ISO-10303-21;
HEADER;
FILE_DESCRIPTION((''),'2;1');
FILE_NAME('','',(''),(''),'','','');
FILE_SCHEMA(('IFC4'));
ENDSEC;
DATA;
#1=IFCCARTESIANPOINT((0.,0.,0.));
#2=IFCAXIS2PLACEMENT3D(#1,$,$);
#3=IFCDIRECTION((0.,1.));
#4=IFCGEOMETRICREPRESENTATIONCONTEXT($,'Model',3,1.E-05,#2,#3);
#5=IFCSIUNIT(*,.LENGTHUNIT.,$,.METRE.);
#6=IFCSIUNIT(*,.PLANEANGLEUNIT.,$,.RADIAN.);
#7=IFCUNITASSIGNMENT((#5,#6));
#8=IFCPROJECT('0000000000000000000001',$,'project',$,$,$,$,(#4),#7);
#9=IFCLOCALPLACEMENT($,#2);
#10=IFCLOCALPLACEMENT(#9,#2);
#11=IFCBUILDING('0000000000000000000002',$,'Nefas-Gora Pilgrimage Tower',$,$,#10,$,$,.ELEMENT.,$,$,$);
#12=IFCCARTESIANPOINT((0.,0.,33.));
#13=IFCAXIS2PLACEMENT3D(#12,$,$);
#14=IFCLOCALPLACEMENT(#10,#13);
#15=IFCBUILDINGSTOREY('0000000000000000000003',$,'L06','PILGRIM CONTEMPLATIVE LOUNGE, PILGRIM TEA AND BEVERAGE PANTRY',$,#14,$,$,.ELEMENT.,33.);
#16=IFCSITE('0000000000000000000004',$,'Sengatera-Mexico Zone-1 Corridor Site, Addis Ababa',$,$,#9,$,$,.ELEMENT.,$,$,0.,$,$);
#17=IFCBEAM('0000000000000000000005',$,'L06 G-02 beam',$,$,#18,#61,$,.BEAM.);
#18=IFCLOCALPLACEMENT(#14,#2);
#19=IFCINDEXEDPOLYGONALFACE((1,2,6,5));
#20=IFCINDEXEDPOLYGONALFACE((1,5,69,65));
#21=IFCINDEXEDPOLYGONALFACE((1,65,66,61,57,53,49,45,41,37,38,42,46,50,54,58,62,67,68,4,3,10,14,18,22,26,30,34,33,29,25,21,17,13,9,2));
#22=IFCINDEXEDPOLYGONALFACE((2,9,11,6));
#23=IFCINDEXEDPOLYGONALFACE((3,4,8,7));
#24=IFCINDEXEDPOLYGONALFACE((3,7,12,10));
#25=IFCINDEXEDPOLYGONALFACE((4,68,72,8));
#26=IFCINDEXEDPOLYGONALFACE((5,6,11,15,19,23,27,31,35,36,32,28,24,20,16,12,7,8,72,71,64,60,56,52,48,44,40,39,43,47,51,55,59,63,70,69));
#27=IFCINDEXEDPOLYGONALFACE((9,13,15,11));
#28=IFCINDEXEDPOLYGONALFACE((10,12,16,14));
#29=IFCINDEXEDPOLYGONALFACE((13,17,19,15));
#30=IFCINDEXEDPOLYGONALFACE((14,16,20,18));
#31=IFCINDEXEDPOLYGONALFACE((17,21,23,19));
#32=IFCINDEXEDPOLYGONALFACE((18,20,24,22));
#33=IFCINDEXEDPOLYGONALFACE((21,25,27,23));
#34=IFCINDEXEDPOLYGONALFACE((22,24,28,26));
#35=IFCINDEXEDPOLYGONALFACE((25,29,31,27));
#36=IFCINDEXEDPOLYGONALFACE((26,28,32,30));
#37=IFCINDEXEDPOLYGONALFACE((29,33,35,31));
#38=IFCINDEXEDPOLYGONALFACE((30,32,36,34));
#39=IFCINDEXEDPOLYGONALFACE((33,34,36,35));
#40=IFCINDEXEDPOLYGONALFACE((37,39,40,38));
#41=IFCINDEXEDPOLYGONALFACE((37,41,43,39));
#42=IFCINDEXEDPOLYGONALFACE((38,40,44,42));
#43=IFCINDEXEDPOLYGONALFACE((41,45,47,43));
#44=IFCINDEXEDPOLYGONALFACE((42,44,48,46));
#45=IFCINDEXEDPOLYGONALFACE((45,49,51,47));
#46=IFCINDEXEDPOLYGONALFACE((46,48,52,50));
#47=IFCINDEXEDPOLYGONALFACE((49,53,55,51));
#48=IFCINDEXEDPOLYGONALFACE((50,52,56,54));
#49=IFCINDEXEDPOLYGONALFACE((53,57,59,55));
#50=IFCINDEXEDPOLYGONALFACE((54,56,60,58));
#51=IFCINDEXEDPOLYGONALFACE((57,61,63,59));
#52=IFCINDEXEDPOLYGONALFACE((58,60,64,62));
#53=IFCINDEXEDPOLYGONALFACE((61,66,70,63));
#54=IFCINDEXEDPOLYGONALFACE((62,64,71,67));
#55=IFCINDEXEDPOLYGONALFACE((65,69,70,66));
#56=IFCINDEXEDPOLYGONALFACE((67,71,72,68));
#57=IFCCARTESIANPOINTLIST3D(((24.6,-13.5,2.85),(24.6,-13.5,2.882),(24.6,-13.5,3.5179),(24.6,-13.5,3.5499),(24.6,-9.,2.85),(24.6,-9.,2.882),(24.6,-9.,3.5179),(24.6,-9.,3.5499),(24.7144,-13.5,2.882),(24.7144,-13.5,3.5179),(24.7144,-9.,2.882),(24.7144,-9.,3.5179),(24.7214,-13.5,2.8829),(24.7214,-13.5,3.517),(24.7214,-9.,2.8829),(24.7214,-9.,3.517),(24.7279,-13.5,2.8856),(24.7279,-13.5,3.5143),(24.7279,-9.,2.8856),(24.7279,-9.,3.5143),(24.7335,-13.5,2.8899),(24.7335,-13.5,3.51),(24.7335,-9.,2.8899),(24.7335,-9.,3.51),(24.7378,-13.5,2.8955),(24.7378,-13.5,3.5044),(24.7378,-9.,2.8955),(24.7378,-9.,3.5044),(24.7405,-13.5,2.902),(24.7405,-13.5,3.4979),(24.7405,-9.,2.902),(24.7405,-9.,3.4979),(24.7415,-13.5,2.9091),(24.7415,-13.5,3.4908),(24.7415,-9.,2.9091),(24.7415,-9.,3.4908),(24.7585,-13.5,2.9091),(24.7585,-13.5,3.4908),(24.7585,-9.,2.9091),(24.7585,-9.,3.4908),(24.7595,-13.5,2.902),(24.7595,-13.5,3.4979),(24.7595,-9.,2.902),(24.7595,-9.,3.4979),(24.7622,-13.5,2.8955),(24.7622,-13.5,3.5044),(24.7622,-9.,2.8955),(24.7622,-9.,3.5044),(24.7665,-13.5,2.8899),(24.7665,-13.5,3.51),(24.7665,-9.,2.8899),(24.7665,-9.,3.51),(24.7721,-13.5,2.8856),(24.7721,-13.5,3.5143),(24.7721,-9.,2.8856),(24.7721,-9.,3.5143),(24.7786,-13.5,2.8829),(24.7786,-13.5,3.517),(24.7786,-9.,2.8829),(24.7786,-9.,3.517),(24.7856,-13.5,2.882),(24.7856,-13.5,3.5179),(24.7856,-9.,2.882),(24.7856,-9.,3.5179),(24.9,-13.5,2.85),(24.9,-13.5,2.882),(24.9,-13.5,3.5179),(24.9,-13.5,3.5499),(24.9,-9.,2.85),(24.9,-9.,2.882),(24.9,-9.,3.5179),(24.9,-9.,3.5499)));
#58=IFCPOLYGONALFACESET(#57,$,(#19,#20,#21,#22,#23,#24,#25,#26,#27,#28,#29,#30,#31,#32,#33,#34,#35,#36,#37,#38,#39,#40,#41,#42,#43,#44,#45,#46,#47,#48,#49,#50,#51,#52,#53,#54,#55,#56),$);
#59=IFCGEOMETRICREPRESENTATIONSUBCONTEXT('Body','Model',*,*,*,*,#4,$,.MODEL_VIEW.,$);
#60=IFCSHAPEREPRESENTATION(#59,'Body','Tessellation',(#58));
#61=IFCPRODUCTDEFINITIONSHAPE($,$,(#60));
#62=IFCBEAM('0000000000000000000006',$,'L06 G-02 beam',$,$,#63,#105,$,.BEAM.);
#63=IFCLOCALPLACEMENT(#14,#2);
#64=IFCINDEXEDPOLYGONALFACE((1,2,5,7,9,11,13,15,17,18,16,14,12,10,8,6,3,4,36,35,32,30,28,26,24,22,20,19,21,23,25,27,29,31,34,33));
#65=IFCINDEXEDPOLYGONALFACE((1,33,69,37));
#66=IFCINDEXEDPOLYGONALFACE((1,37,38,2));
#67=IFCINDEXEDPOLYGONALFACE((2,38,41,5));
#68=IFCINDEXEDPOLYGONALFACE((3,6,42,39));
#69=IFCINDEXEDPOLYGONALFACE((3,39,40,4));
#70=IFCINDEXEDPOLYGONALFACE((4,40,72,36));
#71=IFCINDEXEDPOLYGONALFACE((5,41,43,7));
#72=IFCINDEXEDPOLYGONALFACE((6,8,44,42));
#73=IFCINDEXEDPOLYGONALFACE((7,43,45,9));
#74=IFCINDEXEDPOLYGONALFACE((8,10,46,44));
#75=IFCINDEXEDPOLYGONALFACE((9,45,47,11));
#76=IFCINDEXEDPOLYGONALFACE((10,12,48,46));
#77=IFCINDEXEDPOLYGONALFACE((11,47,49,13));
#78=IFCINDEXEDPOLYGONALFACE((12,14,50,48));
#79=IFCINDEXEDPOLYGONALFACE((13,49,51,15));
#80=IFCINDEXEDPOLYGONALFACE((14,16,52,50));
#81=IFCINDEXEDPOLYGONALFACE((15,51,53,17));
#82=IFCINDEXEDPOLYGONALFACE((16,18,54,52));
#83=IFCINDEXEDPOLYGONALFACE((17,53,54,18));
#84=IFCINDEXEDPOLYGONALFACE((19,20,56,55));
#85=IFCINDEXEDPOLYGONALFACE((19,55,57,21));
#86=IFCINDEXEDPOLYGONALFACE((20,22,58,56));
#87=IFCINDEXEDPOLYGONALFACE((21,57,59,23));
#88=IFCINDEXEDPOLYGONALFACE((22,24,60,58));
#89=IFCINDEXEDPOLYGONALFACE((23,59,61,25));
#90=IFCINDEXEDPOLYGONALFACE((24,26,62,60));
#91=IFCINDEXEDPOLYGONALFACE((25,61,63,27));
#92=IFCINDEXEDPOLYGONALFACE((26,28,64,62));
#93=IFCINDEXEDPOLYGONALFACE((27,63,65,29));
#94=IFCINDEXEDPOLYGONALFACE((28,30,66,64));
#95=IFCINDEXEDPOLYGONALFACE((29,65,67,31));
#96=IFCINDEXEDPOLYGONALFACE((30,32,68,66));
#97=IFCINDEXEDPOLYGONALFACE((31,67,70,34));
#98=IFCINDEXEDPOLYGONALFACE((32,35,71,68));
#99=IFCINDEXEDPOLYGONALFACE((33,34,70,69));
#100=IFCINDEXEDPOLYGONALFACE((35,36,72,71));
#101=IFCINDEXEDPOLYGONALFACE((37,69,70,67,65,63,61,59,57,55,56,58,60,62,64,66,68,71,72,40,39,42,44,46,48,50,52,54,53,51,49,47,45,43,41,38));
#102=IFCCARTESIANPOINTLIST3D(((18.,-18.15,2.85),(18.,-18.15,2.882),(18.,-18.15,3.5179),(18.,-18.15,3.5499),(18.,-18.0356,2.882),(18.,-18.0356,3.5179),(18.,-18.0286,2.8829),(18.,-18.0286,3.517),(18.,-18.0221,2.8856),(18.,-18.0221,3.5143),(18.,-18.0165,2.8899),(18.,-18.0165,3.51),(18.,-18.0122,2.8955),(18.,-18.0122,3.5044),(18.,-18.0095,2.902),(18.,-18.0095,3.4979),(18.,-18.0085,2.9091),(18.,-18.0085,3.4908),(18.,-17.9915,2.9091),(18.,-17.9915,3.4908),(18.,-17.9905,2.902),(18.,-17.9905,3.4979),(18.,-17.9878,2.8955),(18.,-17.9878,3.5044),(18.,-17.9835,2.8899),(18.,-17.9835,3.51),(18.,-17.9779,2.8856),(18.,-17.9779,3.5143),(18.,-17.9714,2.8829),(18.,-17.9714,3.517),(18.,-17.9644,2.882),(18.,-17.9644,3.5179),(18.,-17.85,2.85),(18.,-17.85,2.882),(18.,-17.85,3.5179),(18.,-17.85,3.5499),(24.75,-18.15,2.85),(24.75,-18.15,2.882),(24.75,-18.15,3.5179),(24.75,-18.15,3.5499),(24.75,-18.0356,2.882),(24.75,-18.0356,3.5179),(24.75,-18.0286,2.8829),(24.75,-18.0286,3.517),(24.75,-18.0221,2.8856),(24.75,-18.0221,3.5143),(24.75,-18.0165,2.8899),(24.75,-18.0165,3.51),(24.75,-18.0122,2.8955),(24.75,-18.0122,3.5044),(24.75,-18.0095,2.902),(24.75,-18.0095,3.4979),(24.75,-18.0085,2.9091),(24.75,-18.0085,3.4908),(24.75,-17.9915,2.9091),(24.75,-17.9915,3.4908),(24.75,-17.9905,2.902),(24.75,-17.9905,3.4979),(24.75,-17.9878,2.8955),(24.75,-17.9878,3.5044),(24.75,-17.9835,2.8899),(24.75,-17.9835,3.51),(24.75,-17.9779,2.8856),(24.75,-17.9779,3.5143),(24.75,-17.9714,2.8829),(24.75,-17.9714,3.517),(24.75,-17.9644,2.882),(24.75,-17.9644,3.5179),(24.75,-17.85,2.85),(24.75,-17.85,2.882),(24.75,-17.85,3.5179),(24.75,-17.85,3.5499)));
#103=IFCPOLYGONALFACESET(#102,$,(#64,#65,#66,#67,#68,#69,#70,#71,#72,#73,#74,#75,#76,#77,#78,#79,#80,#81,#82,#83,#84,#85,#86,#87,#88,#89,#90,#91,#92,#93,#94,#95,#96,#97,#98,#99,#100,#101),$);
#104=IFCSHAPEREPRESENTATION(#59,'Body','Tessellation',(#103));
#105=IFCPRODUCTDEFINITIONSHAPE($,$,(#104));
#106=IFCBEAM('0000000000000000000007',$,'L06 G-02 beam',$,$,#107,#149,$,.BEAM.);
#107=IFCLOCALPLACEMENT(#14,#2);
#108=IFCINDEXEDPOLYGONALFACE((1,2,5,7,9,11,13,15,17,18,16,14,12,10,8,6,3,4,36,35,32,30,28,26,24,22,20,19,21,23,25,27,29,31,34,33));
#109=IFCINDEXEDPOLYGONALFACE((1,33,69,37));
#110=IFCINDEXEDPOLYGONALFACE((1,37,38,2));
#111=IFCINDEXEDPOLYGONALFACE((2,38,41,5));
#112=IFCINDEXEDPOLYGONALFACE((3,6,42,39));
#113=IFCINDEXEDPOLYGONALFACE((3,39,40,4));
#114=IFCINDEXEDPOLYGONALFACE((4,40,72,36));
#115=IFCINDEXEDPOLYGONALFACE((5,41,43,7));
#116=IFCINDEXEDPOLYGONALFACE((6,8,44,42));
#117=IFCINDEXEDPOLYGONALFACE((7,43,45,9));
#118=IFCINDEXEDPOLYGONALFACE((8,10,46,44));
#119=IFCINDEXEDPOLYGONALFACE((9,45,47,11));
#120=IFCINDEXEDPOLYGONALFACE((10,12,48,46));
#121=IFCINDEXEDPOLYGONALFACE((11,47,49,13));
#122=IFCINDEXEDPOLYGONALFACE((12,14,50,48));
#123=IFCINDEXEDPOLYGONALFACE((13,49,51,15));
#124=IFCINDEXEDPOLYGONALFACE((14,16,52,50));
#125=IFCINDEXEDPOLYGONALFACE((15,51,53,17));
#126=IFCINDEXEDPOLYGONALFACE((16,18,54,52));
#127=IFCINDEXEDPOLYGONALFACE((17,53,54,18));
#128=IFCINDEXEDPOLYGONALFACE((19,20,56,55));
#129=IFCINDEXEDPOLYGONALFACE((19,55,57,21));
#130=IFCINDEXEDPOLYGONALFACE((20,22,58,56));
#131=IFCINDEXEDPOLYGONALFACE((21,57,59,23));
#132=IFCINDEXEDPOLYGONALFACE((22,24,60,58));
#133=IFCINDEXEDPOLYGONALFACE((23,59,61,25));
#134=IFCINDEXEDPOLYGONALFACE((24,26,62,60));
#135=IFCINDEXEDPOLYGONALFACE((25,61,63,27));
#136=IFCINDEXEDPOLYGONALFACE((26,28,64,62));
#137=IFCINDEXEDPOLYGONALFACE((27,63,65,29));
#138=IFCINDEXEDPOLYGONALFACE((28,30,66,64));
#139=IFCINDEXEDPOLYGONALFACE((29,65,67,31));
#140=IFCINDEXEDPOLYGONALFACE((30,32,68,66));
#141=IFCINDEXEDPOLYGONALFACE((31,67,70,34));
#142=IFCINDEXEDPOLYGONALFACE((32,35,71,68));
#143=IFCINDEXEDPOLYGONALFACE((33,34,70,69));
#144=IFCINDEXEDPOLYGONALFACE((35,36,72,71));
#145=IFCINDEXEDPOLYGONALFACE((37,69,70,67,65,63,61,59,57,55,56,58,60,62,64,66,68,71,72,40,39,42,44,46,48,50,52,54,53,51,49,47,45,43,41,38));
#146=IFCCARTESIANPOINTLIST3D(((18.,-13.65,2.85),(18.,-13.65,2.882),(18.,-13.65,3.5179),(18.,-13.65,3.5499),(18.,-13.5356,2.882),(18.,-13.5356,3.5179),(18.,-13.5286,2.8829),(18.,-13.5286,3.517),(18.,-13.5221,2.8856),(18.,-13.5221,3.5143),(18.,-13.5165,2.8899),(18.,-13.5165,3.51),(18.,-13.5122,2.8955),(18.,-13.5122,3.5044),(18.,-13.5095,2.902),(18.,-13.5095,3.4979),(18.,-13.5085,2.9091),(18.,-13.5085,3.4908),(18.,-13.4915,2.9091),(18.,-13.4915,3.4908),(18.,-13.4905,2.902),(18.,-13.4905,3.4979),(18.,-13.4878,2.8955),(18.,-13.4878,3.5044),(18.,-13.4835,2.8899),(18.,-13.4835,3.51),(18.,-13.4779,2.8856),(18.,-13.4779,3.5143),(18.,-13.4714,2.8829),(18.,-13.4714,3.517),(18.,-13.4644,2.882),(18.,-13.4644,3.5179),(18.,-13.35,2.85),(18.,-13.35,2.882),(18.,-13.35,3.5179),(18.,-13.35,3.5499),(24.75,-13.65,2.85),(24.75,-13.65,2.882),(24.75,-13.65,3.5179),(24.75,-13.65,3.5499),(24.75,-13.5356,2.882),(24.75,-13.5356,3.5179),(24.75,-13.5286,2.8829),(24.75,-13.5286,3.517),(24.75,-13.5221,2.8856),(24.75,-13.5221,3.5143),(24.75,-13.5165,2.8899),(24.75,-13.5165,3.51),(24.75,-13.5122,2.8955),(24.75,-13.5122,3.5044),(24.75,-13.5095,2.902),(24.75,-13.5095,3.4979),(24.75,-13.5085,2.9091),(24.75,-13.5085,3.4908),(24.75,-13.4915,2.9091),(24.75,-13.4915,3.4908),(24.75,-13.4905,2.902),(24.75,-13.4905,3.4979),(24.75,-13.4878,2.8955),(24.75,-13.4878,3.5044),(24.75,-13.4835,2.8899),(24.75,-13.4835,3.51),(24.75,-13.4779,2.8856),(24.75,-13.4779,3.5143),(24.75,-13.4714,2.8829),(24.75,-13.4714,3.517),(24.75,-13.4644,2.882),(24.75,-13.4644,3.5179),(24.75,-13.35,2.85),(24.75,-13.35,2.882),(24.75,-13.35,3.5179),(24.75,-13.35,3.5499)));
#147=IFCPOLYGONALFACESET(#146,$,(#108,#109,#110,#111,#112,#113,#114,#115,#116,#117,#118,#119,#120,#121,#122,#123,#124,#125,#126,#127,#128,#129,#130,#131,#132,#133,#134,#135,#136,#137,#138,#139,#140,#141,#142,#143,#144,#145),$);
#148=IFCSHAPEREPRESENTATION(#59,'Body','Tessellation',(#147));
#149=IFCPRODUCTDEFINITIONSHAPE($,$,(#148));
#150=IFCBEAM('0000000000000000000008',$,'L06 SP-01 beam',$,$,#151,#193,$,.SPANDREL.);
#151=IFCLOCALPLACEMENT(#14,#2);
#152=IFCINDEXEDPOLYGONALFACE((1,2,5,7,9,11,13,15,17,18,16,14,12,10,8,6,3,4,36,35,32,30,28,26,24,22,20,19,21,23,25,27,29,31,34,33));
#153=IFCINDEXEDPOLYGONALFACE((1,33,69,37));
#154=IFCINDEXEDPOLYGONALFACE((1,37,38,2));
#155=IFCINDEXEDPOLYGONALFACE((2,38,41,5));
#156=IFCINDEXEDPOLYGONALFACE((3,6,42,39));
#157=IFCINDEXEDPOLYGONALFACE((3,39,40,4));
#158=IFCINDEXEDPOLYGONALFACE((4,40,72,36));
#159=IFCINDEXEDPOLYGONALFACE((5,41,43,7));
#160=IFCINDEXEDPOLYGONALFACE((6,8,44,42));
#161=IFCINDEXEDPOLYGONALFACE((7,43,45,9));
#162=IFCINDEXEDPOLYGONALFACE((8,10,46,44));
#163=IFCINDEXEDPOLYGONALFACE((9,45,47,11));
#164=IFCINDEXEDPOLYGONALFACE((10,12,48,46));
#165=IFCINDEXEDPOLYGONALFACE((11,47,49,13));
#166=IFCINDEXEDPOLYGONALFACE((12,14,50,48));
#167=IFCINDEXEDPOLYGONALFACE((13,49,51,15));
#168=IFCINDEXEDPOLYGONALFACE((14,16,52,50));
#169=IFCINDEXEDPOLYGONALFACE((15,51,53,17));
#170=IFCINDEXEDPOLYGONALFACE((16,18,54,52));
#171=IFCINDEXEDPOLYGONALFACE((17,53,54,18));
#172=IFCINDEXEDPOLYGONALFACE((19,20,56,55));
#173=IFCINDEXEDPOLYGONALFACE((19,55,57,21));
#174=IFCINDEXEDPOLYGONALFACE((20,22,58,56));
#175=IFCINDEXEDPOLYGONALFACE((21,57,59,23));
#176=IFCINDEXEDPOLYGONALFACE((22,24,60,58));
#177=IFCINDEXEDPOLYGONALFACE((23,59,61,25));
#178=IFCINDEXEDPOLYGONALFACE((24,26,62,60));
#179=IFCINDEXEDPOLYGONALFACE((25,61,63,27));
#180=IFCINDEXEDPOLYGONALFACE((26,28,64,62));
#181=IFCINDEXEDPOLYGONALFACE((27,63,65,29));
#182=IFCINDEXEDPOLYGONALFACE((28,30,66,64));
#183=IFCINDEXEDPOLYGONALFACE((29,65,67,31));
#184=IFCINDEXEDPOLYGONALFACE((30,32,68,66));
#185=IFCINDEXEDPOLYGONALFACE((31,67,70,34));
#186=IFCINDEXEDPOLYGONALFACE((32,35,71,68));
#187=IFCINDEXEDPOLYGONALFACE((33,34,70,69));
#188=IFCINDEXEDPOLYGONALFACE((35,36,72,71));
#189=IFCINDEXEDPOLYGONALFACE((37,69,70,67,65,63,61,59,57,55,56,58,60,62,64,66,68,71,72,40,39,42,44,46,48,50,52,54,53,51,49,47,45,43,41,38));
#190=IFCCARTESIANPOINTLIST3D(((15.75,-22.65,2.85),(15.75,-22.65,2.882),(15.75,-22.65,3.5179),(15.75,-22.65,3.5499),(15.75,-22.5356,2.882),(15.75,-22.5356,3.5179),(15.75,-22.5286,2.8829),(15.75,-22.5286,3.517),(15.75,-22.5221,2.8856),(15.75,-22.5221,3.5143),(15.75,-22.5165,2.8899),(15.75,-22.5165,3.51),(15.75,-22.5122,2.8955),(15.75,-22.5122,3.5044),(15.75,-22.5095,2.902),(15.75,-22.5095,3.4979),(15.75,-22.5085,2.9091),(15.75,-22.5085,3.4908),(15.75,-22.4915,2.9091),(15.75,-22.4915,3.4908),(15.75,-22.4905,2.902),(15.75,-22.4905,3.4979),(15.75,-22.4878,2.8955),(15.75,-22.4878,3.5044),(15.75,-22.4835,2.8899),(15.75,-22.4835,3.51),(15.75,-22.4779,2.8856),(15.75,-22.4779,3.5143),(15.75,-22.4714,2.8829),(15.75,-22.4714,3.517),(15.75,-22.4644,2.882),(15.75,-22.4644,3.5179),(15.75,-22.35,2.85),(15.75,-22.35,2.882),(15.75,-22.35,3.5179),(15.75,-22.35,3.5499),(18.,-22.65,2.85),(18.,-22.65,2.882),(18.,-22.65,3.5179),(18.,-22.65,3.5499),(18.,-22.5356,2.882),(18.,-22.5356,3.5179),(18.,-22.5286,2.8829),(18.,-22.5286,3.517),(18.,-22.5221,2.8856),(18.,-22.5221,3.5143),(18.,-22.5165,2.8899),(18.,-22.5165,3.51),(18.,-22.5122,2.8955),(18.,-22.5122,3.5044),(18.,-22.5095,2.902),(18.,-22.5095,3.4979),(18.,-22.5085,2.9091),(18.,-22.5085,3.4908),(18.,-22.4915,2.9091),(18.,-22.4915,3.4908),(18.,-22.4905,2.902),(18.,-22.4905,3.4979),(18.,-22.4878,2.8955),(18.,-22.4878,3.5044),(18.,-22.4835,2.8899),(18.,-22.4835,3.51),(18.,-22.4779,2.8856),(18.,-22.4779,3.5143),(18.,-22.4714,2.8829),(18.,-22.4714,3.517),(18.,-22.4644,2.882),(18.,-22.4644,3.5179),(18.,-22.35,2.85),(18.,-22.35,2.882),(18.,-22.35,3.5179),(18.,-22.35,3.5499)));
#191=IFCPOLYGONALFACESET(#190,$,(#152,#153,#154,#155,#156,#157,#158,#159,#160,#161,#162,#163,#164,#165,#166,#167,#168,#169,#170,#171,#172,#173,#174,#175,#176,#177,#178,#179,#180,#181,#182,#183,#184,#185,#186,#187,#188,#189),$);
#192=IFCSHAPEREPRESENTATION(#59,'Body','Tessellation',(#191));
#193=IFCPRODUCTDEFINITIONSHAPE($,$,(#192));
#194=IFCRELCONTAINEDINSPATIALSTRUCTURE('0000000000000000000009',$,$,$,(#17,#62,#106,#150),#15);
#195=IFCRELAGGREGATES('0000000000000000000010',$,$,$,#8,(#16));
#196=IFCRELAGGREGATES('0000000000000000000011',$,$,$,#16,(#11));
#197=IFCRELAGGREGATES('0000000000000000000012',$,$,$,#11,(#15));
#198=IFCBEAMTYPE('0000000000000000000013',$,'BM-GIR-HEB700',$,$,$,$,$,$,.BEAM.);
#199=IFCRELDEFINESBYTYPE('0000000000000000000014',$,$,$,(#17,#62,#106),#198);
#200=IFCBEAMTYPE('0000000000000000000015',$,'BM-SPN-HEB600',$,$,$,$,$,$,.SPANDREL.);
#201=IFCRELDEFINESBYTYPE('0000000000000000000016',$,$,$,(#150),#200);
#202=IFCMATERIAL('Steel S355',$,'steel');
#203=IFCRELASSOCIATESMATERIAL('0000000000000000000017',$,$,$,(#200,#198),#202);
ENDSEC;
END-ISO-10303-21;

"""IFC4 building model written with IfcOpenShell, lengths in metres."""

from ifc_helpers import new_model, si_unit, direction, frame, origin, origin_2d, place, context, subcontext, project, spatial, i_section, extrude, source, transform, mapped, material, material_profile, profile_set, type_object, element, save


model = new_model("IFC4")

# Units and contexts
model_context = context("Model", 3, precision=1e-05, world=origin(), true_north=direction((0.0, 1.0)))
body_context = subcontext(model_context, "Body", "Model", "MODEL_VIEW")
ifc_project = project(units=[si_unit("LENGTHUNIT", "METRE"), si_unit("PLANEANGLEUNIT", "RADIAN")], contexts=[model_context])

# Site, building, storey
site_placement = place(None, origin())
site = spatial("IfcSite", under=ifc_project, at=site_placement, Name="Sengatera-Mexico Zone-1 Corridor Site, Addis Ababa", CompositionType="ELEMENT", RefElevation=0.0)
building_placement = place(site_placement, origin())
building = spatial("IfcBuilding", under=site, at=building_placement, Name="Nefas-Gora Pilgrimage Tower", CompositionType="ELEMENT")
storey_placement = place(building_placement, frame((0.0, 0.0, 33.0)))
storey = spatial("IfcBuildingStorey", under=building, at=storey_placement, Name="L06", Description="PILGRIM CONTEMPLATIVE LOUNGE, PILGRIM TEA AND BEVERAGE PANTRY", CompositionType="ELEMENT", Elevation=33.0)

# Beams
ifc_material_1 = material(Name="Steel S355", Category="steel")
ifc_material_profile_1 = material_profile(ifc_material_1, i_section(OverallWidth=0.3, OverallDepth=0.7, WebThickness=0.0171, FlangeThickness=0.032, FilletRadius=0.0271, at=origin_2d()), Name="HEB 700")
ifc_profile_set_1 = profile_set([ifc_material_profile_1], Name="Steel S355")
beam_type_1 = type_object("IfcBeamType", Name="BM-SPN-HEB600", PredefinedType="SPANDREL", material=ifc_profile_set_1)
ifc_material_profile_2 = material_profile(ifc_material_1, i_section(OverallWidth=0.3, OverallDepth=0.7, WebThickness=0.0171, FlangeThickness=0.032, FilletRadius=0.0271, at=origin_2d()), Name="HEB 700")
ifc_profile_set_2 = profile_set([ifc_material_profile_2], Name="Steel S355")
beam_type_2 = type_object("IfcBeamType", Name="BM-GIR-HEB700", PredefinedType="BEAM", material=ifc_profile_set_2)
shared_shape_1 = source(origin(), body_context, "Body", "SweptSolid", [
    extrude(i_section(OverallWidth=0.3, OverallDepth=0.7, WebThickness=0.0171, FlangeThickness=0.032, FilletRadius=0.0271, at=origin_2d()), origin(), (0.0, 0.0, 1.0), 4.5),
])
for number, where, z_axis, x_axis, name in (
    (1, (24.75, -13.5, 3.2), (0.0, 1.0, 0.0), (-1.0, 0.0, 0.0), "L06 G-02 beam"),
):
    element("IfcBeam", number, at=place(storey_placement, frame(where, z_axis=z_axis, x_axis=x_axis)), inside=storey, type_object=beam_type_2, Name=name, PredefinedType="BEAM", context=body_context, shape_type="MappedRepresentation", body=[
        mapped(shared_shape_1, transform((0.0, 0.0, 0.0), x_axis=(1.0, 0.0, 0.0), y_axis=(0.0, 1.0, 0.0), z_axis=(0.0, 0.0, 1.0), scale=1.0)),
    ])
shared_shape_2 = source(origin(), body_context, "Body", "SweptSolid", [
    extrude(i_section(OverallWidth=0.3, OverallDepth=0.7, WebThickness=0.0171, FlangeThickness=0.032, FilletRadius=0.0271, at=origin_2d()), origin(), (0.0, 0.0, 1.0), 6.75),
])
for number, where, z_axis, x_axis, name in (
    (2, (18.0, -18.0, 3.2), (1.0, 0.0, 0.0), (0.0, 1.0, 0.0), "L06 G-02 beam"),
    (3, (18.0, -13.5, 3.2), (1.0, 0.0, 0.0), (0.0, 1.0, 0.0), "L06 G-02 beam"),
):
    element("IfcBeam", number, at=place(storey_placement, frame(where, z_axis=z_axis, x_axis=x_axis)), inside=storey, type_object=beam_type_2, Name=name, PredefinedType="BEAM", context=body_context, shape_type="MappedRepresentation", body=[
        mapped(shared_shape_2, transform((0.0, 0.0, 0.0), x_axis=(1.0, 0.0, 0.0), y_axis=(0.0, 1.0, 0.0), z_axis=(0.0, 0.0, 1.0), scale=1.0)),
    ])
shared_shape_3 = source(origin(), body_context, "Body", "SweptSolid", [
    extrude(i_section(OverallWidth=0.3, OverallDepth=0.7, WebThickness=0.0171, FlangeThickness=0.032, FilletRadius=0.0271, at=origin_2d()), origin(), (0.0, 0.0, 1.0), 2.25),
])
for number, where, z_axis, x_axis, name in (
    (4, (15.75, -22.5, 3.2), (1.0, 0.0, 0.0), (0.0, 1.0, 0.0), "L06 SP-01 beam"),
):
    element("IfcBeam", number, at=place(storey_placement, frame(where, z_axis=z_axis, x_axis=x_axis)), inside=storey, type_object=beam_type_1, Name=name, PredefinedType="SPANDREL", context=body_context, shape_type="MappedRepresentation", body=[
        mapped(shared_shape_3, transform((0.0, 0.0, 0.0), x_axis=(1.0, 0.0, 0.0), y_axis=(0.0, 1.0, 0.0), z_axis=(0.0, 0.0, 1.0), scale=1.0)),
    ])

save(model, "model.ifc")
